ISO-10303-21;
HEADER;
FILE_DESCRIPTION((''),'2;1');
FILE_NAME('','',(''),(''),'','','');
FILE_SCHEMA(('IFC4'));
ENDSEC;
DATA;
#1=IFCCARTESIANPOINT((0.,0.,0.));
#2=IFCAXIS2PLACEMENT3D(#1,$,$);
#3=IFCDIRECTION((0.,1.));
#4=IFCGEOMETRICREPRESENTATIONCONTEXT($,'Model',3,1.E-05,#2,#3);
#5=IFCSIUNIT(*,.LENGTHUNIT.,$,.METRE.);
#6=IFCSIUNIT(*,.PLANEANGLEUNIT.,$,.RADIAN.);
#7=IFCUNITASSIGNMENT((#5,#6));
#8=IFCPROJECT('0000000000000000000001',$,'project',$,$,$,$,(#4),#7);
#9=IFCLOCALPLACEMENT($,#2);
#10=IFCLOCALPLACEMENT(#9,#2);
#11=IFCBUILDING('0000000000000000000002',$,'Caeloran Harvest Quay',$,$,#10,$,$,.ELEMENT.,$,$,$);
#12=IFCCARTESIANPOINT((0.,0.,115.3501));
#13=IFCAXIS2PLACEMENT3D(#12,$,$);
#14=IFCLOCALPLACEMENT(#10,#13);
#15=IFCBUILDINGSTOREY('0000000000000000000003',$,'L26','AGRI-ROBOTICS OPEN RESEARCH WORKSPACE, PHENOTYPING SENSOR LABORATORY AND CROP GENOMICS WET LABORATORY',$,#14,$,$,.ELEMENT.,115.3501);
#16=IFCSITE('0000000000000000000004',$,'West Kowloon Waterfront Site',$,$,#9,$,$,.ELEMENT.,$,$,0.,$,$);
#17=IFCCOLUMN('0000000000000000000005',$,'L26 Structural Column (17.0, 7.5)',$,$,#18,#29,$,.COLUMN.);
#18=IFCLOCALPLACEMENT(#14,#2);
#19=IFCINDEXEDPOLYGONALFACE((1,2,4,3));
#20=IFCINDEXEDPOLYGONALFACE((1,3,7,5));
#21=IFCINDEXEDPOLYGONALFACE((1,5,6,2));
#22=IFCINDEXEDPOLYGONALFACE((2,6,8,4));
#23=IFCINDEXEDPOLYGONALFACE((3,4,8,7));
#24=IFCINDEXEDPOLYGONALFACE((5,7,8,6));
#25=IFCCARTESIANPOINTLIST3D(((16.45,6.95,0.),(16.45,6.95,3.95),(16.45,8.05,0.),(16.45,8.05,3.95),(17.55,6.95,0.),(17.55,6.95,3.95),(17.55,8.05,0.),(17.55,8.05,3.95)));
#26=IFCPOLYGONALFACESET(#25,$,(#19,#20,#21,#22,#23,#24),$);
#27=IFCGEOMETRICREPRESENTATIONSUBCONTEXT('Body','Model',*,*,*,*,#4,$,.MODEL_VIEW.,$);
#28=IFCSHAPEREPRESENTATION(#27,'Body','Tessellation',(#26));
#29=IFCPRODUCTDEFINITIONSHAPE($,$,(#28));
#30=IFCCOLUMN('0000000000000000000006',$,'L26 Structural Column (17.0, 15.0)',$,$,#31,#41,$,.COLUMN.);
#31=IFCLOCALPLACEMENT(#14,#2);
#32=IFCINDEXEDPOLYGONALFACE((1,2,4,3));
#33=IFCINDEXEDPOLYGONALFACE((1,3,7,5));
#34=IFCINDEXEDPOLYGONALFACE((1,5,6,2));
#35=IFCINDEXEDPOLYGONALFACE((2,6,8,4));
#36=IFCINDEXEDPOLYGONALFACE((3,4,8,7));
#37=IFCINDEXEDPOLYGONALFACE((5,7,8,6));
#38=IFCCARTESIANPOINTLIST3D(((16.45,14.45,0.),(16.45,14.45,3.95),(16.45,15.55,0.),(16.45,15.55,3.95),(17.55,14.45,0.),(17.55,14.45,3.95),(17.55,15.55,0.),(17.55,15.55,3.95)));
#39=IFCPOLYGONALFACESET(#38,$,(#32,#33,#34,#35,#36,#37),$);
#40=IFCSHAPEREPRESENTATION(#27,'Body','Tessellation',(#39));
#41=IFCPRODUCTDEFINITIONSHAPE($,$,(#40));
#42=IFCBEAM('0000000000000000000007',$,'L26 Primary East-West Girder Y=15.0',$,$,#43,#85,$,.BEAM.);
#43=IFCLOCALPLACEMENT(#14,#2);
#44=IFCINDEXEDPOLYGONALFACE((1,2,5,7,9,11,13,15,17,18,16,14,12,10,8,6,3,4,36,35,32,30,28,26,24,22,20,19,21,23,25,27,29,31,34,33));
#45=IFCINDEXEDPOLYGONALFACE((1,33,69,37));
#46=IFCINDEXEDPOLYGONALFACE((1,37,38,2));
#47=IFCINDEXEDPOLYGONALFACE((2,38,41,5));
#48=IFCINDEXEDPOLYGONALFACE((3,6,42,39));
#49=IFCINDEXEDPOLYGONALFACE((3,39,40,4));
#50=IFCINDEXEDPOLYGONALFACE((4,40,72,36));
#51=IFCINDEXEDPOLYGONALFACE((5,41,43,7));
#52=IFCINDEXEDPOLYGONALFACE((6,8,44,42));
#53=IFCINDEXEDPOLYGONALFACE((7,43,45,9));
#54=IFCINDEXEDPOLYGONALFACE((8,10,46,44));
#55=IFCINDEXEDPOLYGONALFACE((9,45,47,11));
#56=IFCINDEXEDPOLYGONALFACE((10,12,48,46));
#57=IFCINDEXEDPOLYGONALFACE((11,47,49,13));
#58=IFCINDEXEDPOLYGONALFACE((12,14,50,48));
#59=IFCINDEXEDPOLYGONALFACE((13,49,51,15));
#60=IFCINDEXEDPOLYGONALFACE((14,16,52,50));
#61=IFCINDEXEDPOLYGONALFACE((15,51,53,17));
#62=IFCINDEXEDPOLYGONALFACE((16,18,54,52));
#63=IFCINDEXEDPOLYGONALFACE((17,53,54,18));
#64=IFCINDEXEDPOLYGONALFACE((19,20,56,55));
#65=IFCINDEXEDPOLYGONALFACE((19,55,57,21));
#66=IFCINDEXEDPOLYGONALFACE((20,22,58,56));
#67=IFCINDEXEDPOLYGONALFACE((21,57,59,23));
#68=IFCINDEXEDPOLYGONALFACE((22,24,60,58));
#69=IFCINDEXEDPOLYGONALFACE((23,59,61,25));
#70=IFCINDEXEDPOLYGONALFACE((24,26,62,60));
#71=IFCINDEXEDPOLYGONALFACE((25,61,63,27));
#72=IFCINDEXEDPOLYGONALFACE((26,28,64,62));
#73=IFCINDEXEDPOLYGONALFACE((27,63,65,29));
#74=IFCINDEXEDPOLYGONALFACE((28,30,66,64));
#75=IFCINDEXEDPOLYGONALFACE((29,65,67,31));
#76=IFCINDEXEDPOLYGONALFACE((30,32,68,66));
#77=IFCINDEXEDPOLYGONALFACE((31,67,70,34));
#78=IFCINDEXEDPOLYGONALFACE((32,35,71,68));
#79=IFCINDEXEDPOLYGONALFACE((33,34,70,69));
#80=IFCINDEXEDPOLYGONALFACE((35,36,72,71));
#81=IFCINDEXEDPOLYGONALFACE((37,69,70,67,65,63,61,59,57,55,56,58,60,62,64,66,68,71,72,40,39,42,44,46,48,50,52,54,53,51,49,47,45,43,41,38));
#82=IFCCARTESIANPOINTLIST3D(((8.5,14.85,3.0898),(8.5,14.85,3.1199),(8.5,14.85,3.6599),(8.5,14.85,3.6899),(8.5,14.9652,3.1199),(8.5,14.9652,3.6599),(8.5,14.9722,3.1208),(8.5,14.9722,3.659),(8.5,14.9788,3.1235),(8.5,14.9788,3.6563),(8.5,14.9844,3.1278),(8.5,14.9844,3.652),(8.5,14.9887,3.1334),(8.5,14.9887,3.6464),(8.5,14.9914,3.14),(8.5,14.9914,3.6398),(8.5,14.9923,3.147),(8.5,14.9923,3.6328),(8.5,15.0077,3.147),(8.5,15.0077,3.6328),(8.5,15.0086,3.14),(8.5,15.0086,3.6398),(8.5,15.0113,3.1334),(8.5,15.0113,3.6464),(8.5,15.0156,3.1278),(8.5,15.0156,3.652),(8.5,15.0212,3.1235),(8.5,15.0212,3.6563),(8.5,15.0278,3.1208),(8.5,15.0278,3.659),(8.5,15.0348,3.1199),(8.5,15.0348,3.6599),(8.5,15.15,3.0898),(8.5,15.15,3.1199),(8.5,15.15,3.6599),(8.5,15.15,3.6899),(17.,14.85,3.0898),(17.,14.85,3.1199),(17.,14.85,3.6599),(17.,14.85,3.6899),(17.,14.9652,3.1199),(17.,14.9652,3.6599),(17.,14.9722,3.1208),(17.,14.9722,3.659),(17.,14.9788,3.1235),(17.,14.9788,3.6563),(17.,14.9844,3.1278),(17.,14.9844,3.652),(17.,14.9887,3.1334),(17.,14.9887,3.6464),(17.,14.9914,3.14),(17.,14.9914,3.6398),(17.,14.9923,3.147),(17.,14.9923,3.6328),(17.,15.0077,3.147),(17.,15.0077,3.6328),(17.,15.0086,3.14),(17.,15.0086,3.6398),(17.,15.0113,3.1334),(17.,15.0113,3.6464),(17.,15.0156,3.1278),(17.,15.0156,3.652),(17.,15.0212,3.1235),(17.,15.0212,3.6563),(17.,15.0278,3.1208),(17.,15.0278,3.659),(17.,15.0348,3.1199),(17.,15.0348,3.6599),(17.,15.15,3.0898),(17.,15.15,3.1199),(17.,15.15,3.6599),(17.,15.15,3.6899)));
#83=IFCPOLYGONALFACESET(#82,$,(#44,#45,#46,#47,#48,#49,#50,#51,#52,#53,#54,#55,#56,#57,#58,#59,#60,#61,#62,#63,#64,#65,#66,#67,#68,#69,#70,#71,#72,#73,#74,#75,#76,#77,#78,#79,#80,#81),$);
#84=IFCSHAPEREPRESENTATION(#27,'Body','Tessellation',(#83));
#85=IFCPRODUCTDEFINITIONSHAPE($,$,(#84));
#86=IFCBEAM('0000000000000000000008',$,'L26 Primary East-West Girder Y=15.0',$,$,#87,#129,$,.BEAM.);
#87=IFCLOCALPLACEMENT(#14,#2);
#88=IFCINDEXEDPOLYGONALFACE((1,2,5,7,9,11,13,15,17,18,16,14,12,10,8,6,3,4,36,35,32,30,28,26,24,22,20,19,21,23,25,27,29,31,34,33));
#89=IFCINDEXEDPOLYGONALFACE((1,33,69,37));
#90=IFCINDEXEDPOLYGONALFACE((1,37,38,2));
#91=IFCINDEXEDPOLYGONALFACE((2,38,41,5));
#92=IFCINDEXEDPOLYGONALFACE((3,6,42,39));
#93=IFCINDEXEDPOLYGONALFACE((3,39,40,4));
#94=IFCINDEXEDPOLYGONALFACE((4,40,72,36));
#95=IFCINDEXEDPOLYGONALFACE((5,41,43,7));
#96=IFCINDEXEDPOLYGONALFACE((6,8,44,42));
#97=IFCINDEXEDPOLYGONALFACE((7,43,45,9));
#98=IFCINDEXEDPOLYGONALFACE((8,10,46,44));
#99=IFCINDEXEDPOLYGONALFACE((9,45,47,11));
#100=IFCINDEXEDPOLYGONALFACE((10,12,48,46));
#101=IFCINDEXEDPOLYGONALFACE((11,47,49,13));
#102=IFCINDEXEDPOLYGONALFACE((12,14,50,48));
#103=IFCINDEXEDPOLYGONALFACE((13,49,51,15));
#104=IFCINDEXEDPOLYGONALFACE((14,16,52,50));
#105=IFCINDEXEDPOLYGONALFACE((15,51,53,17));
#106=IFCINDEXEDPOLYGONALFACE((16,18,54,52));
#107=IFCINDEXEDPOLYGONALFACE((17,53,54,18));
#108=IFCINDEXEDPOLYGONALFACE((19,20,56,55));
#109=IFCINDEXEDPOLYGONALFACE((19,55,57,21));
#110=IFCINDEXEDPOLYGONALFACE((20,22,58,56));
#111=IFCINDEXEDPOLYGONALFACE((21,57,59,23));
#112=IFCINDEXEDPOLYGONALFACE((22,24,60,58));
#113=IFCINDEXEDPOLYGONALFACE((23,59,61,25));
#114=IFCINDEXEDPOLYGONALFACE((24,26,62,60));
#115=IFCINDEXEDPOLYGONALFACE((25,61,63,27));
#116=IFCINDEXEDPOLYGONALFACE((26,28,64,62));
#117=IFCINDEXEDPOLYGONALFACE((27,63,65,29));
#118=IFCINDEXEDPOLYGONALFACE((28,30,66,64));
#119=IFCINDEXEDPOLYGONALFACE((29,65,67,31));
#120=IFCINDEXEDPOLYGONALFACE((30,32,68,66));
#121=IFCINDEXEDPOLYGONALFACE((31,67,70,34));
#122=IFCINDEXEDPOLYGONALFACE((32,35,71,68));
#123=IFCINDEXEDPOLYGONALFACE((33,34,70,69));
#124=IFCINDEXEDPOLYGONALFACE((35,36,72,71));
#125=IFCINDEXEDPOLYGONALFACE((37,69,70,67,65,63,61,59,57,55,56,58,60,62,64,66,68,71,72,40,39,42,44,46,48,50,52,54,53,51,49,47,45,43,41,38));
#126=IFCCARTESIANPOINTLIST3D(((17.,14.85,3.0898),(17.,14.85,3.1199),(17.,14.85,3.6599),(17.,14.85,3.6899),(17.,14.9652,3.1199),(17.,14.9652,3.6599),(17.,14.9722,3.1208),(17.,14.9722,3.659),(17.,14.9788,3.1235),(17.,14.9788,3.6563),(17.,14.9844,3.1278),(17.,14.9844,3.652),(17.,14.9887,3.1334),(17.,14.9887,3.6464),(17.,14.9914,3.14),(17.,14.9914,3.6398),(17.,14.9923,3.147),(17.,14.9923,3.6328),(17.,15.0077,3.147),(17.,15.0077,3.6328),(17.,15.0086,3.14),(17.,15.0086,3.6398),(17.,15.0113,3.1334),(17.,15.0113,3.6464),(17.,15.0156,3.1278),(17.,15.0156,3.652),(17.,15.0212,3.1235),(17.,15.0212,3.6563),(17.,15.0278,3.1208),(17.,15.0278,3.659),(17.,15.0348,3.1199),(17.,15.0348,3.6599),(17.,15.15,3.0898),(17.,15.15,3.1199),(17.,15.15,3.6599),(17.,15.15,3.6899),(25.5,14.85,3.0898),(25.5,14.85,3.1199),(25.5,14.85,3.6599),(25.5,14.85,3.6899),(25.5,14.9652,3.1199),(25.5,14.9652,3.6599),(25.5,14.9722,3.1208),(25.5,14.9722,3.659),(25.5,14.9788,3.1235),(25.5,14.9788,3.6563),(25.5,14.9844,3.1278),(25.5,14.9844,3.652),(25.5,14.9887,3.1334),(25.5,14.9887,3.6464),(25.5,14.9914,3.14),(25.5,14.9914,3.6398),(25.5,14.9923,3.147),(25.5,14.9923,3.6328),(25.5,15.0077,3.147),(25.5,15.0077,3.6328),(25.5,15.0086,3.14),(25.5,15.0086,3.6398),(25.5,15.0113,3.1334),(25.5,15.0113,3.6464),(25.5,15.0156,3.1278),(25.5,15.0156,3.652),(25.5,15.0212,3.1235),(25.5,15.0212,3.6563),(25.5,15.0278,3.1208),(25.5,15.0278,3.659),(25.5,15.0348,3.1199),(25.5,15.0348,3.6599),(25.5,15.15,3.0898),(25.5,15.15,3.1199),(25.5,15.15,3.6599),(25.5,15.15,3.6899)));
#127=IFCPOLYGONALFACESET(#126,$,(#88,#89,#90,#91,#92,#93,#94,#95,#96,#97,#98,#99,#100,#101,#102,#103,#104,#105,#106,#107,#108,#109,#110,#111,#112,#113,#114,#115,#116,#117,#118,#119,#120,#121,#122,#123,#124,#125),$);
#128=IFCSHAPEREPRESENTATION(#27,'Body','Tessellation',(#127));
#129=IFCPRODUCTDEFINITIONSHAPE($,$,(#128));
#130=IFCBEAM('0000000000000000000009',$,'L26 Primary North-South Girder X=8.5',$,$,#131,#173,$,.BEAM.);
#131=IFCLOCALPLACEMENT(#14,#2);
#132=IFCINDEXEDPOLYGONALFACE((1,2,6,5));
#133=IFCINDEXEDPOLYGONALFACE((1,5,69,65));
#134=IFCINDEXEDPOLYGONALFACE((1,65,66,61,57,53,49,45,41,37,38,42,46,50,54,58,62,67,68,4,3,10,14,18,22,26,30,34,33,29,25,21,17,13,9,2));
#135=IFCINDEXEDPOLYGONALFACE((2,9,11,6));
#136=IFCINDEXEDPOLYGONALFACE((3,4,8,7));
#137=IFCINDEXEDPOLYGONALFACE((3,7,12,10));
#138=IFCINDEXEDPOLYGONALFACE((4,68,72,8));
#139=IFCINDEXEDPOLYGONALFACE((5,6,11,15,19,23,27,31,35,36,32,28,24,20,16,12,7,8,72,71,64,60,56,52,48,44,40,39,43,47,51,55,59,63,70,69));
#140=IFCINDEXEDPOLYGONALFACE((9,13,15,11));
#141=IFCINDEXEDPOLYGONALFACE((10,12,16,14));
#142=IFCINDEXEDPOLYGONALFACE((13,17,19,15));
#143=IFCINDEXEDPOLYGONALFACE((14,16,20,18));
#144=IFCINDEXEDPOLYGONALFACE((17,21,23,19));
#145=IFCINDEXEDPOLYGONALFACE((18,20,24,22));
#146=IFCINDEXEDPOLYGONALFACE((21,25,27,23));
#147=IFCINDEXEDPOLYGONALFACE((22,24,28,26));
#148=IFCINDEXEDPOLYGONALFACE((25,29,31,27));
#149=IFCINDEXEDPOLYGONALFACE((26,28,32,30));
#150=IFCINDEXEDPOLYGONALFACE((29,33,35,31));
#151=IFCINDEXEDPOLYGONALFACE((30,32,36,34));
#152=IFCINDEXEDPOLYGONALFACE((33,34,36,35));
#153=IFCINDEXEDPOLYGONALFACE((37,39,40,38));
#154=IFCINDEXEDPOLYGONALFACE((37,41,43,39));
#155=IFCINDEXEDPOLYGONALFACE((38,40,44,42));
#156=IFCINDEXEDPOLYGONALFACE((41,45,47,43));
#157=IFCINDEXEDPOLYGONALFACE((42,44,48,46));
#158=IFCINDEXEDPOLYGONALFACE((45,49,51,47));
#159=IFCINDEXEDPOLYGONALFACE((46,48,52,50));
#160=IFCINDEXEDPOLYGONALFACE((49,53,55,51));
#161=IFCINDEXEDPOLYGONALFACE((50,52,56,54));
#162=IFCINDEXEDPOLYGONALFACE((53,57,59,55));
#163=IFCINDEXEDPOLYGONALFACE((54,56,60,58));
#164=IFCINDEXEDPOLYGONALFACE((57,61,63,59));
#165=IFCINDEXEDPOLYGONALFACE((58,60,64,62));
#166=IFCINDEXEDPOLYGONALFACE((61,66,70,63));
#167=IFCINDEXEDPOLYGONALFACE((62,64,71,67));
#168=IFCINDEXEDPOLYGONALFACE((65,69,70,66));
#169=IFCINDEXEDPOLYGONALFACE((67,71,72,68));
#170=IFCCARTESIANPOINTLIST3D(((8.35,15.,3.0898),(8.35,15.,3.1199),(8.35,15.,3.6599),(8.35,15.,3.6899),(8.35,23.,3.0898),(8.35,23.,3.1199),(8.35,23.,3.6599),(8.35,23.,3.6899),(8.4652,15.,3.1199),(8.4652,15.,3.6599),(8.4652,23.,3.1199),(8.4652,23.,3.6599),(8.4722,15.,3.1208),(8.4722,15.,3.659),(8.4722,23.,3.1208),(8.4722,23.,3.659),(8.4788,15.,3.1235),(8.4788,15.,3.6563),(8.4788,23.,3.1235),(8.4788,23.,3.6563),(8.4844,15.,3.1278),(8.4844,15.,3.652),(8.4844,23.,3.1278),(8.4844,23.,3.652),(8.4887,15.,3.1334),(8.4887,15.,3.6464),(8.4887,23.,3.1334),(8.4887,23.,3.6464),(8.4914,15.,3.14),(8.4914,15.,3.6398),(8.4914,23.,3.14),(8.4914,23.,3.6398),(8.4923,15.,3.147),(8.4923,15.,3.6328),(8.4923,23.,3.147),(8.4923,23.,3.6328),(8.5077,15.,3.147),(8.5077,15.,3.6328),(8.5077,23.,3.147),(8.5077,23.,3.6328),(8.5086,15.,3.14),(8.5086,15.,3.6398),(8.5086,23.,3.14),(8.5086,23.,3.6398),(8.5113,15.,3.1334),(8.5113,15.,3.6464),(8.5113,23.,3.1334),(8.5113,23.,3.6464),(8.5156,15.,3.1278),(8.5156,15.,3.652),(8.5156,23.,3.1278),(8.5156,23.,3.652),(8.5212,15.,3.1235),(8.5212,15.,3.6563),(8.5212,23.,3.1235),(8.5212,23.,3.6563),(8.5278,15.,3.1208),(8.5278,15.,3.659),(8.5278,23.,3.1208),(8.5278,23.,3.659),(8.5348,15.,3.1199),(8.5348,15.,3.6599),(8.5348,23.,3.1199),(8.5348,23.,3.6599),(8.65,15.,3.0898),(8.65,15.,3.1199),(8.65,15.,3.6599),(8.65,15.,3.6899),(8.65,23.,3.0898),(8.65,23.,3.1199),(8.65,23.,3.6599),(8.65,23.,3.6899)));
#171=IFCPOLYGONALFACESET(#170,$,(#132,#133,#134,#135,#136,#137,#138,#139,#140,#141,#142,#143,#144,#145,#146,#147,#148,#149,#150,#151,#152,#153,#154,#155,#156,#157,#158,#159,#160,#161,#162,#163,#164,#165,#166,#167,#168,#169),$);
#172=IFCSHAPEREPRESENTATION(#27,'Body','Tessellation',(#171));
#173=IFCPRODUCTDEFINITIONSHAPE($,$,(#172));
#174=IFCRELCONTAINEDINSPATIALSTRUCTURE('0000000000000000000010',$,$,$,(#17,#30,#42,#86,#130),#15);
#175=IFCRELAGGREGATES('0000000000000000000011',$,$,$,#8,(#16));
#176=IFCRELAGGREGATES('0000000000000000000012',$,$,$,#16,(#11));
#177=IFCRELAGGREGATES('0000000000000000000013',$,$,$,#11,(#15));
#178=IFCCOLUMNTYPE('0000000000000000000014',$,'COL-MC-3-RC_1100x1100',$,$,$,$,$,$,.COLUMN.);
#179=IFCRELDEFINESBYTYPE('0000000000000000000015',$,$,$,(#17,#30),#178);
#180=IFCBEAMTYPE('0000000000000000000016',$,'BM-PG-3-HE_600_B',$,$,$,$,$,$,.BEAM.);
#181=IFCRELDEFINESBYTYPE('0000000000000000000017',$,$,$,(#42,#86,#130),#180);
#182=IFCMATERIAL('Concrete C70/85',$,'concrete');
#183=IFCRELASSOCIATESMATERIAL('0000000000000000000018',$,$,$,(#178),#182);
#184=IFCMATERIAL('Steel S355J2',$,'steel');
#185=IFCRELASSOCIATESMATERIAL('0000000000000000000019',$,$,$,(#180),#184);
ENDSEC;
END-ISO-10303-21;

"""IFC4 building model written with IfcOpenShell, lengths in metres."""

from ifc_helpers import new_model, si_unit, direction, frame, origin, origin_2d, place, context, subcontext, project, spatial, rectangle, i_section, extrude, material, material_profile, profile_set, type_object, element, save


model = new_model("IFC4")

# Units and contexts
model_context = context("Model", 3, precision=1e-05, world=origin(), true_north=direction((0.0, 1.0)))
body_context = subcontext(model_context, "Body", "Model", "MODEL_VIEW")
ifc_project = project(units=[si_unit("LENGTHUNIT", "METRE"), si_unit("PLANEANGLEUNIT", "RADIAN")], contexts=[model_context])

# Site, building, storey
site_placement = place(None, origin())
site = spatial("IfcSite", under=ifc_project, at=site_placement, Name="West Kowloon Waterfront Site", CompositionType="ELEMENT", RefElevation=0.0)
building_placement = place(site_placement, origin())
building = spatial("IfcBuilding", under=site, at=building_placement, Name="Caeloran Harvest Quay", CompositionType="ELEMENT")
storey_placement = place(building_placement, frame((0.0, 0.0, 115.3501)))
storey = spatial("IfcBuildingStorey", under=building, at=storey_placement, Name="L26", Description="AGRI-ROBOTICS OPEN RESEARCH WORKSPACE, PHENOTYPING SENSOR LABORATORY AND CROP GENOMICS WET LABORATORY", CompositionType="ELEMENT", Elevation=115.3501)

# Columns
ifc_material_1 = material(Name="Concrete C70/85", Category="concrete")
ifc_material_profile_1 = material_profile(ifc_material_1, rectangle(XDim=1.1001, YDim=1.1001, at=origin_2d()), Name="RC 1100x1100")
ifc_profile_set_1 = profile_set([ifc_material_profile_1], Name="Concrete C70/85")
column_type = type_object("IfcColumnType", Name="COL-MC-3-RC_1100x1100", PredefinedType="COLUMN", material=ifc_profile_set_1)
for number, where, z_axis, x_axis, name in (
    (1, (17.0, 7.5, 0.0), (0.0, 0.0, 1.0), (1.0, 0.0, 0.0), "L26 Structural Column (17.0, 7.5)"),
    (2, (17.0, 15.0, 0.0), (0.0, 0.0, 1.0), (1.0, 0.0, 0.0), "L26 Structural Column (17.0, 15.0)"),
):
    element("IfcColumn", number, at=place(storey_placement, frame(where, z_axis=z_axis, x_axis=x_axis)), inside=storey, type_object=column_type, Name=name, PredefinedType="COLUMN", context=body_context, shape_type="SweptSolid", body=[
        extrude(rectangle(XDim=1.1001, YDim=1.1001, at=origin_2d()), origin(), (0.0, 0.0, 1.0), 3.95),
    ])

# Beams
ifc_material_2 = material(Name="Steel S355J2", Category="steel")
ifc_material_profile_2 = material_profile(ifc_material_2, i_section(OverallWidth=0.3, OverallDepth=0.6001, WebThickness=0.0154, FlangeThickness=0.03, FilletRadius=0.0271, at=origin_2d()), Name="HE 600 B")
ifc_profile_set_2 = profile_set([ifc_material_profile_2], Name="Steel S355J2")
beam_type_1 = type_object("IfcBeamType", Name="BM-PG-3-HE_600_B", PredefinedType="BEAM", material=ifc_profile_set_2)
for number, where, z_axis, x_axis, name in (
    (3, (8.5, 15.0, 3.3899), (1.0, 0.0, 0.0), (0.0, 1.0, 0.0), "L26 Primary East-West Girder Y=15.0"),
    (4, (17.0, 15.0, 3.3899), (1.0, 0.0, 0.0), (0.0, 1.0, 0.0), "L26 Primary East-West Girder Y=15.0"),
):
    element("IfcBeam", number, at=place(storey_placement, frame(where, z_axis=z_axis, x_axis=x_axis)), inside=storey, type_object=beam_type_1, Name=name, PredefinedType="BEAM", context=body_context, shape_type="SweptSolid", body=[
        extrude(i_section(OverallWidth=0.3, OverallDepth=0.6001, WebThickness=0.0154, FlangeThickness=0.03, FilletRadius=0.0271, at=origin_2d()), origin(), (0.0, 0.0, 1.0), 8.5),
    ])
beam_1_placement = place(storey_placement, frame((8.5, 15.0, 3.3899), z_axis=(0.0, 1.0, 0.0), x_axis=(-1.0, 0.0, 0.0)))
element("IfcBeam", 5, at=beam_1_placement, inside=storey, type_object=beam_type_1, Name="L26 Primary North-South Girder X=8.5", PredefinedType="BEAM", context=body_context, shape_type="SweptSolid", body=[
    extrude(i_section(OverallWidth=0.3, OverallDepth=0.6001, WebThickness=0.0154, FlangeThickness=0.03, FilletRadius=0.0271, at=origin_2d()), origin(), (0.0, 0.0, 1.0), 8.0),
])

save(model, "model.ifc")
